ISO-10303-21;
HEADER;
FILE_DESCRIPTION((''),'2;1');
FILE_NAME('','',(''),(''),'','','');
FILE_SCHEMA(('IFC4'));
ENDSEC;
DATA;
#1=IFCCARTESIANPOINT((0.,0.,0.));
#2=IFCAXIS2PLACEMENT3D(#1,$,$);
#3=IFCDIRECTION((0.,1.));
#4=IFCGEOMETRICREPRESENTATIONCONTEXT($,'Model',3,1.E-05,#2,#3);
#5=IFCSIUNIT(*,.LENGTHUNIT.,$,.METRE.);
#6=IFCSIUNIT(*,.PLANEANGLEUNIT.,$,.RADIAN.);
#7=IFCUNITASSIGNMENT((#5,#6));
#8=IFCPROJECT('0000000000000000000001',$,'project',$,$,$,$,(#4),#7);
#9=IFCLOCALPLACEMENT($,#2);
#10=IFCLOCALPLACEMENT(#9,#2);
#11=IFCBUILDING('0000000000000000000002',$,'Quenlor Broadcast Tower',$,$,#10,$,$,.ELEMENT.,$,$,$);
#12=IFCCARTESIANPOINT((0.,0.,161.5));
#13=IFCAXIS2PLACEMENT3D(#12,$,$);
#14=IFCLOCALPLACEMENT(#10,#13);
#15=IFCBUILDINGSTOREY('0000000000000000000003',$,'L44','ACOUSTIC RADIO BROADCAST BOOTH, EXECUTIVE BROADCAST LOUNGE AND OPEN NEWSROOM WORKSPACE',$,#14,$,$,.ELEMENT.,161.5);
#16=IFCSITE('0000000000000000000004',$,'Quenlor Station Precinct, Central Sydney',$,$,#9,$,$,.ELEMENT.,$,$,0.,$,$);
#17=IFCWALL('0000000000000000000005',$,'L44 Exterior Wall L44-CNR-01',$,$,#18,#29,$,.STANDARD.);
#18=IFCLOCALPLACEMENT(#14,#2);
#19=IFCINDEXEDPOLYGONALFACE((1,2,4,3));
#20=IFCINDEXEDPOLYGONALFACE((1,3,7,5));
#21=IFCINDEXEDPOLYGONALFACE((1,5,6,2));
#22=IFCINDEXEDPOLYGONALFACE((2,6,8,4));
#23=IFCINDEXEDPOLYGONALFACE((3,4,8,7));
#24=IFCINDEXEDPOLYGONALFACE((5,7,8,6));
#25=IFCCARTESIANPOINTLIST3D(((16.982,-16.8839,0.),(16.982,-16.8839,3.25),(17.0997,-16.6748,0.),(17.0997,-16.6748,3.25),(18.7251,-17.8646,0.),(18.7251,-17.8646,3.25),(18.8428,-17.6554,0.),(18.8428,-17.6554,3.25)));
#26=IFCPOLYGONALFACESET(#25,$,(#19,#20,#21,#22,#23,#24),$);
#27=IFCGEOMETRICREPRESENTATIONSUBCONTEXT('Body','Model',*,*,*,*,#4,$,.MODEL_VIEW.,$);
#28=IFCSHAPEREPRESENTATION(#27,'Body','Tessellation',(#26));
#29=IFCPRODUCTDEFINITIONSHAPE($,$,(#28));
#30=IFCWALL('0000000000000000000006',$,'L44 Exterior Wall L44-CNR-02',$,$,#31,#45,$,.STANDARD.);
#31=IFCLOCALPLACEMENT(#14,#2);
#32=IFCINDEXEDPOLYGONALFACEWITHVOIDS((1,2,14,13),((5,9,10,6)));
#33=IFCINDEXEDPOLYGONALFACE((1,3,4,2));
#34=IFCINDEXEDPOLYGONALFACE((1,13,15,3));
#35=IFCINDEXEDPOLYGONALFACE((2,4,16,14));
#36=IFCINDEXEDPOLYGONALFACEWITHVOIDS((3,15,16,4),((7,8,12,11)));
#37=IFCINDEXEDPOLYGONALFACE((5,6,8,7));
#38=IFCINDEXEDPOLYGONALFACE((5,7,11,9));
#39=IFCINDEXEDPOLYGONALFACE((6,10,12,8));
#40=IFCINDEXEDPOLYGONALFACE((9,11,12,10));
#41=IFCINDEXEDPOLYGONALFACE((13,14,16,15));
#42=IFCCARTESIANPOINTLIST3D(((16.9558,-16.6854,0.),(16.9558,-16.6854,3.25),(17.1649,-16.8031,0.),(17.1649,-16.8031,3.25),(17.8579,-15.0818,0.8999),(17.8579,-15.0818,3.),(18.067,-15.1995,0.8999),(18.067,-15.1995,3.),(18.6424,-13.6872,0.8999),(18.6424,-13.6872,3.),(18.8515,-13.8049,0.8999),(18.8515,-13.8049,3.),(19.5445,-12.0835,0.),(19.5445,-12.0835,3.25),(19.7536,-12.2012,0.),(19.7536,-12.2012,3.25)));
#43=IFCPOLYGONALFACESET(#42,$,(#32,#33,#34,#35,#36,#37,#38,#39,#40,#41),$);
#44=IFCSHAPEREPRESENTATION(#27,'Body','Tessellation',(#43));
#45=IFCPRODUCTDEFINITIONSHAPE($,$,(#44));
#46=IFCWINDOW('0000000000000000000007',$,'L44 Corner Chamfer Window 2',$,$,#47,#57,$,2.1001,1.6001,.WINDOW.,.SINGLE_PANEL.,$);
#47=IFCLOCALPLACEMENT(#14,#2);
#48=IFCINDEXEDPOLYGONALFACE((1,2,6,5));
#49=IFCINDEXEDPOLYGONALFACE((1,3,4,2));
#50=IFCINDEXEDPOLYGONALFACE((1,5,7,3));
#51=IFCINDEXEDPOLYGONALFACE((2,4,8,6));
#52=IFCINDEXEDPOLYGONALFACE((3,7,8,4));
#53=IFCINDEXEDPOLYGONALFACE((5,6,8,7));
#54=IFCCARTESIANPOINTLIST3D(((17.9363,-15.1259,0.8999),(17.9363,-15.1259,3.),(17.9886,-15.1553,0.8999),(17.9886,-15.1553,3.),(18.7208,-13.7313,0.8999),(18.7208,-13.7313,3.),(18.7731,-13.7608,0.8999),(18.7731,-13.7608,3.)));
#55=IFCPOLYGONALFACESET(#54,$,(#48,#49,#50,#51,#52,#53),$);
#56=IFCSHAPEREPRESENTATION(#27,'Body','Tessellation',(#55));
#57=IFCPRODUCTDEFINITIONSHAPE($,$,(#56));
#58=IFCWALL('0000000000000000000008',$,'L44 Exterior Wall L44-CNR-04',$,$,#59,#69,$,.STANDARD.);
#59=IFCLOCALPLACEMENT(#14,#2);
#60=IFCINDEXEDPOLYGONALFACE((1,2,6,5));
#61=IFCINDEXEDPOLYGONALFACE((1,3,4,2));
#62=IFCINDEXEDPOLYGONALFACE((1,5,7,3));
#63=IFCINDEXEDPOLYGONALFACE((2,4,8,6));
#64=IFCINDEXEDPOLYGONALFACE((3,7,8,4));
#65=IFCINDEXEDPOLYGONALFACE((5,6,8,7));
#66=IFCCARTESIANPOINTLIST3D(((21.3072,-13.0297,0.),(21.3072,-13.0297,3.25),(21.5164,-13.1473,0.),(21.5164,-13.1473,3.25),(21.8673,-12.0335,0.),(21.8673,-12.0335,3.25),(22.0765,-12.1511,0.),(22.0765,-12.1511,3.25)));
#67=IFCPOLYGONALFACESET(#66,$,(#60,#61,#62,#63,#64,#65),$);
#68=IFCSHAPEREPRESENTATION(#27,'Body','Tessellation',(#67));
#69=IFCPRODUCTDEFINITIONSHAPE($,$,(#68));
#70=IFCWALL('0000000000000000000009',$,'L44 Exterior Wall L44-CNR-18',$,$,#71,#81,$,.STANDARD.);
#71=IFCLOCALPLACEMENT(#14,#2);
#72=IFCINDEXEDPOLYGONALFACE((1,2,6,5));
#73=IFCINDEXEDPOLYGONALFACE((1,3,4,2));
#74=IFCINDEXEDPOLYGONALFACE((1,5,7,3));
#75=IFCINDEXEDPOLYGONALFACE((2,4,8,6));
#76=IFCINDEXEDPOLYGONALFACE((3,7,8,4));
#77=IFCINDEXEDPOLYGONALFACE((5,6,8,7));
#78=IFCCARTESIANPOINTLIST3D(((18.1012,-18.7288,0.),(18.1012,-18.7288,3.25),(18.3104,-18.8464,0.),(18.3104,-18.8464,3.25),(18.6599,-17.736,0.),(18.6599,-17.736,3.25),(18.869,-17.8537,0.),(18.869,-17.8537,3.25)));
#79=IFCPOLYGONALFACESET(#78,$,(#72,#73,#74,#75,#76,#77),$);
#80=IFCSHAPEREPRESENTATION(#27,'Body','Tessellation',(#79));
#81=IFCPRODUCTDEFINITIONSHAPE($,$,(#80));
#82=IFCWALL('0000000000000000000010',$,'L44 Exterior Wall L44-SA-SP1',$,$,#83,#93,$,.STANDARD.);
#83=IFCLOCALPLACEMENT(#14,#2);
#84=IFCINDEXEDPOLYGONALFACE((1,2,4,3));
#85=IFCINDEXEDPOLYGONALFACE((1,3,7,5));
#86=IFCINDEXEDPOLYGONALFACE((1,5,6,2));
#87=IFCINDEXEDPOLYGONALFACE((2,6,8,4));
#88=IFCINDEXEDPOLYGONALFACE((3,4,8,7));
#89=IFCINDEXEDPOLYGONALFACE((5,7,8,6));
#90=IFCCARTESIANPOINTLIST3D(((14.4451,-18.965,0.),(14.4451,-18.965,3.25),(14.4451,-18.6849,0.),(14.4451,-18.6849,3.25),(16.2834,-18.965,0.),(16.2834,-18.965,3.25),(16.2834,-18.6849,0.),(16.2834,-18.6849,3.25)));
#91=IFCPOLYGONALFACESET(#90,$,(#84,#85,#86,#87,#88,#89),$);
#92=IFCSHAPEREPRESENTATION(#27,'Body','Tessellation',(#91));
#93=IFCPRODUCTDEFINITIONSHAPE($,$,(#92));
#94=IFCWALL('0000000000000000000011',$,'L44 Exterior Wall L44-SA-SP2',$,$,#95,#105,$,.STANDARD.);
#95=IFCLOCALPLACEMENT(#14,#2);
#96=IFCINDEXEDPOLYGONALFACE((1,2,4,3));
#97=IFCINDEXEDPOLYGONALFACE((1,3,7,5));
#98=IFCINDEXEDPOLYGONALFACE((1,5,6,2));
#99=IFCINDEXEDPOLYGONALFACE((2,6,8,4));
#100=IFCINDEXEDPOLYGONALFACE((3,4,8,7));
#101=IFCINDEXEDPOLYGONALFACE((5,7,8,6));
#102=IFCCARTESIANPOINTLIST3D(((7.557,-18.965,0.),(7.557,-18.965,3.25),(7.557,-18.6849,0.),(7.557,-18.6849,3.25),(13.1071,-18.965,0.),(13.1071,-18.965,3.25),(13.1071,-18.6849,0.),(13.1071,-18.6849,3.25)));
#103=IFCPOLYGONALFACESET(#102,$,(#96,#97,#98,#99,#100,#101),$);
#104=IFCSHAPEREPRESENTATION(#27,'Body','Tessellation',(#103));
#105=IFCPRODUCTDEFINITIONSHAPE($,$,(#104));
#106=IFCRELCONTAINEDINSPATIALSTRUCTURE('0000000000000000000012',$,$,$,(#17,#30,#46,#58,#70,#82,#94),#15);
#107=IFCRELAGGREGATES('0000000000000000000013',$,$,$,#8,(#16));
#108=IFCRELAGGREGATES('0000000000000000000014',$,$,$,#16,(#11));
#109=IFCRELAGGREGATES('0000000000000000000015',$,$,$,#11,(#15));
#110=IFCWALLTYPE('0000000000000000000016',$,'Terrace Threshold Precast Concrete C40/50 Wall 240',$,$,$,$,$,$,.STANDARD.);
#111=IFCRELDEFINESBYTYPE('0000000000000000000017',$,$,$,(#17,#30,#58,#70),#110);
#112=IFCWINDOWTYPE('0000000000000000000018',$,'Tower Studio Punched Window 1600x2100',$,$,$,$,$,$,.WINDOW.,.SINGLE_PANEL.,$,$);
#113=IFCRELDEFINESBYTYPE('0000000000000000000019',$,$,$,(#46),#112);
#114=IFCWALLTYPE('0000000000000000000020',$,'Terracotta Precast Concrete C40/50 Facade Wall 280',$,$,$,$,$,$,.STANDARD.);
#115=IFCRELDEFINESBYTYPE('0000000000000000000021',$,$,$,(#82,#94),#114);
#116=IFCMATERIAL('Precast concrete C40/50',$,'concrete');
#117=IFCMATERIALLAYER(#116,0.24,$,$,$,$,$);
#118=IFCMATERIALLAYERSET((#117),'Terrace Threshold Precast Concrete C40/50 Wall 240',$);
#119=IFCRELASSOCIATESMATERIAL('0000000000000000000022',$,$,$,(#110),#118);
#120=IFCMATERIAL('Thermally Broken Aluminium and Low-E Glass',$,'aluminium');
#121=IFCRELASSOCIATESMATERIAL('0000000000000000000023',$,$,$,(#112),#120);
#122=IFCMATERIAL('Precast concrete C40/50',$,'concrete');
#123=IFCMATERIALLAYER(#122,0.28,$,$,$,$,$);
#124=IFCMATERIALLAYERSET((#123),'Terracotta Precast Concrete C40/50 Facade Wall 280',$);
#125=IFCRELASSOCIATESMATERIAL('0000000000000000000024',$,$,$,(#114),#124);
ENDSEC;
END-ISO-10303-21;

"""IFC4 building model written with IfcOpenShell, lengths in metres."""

from ifc_helpers import new_model, si_unit, direction, frame, frame_2d, origin, place, context, subcontext, project, spatial, rectangle, extrude, material, layer, layer_set, type_object, element, fill, save


model = new_model("IFC4")

# Units and contexts
model_context = context("Model", 3, precision=1e-05, world=origin(), true_north=direction((0.0, 1.0)))
body_context = subcontext(model_context, "Body", "Model", "MODEL_VIEW")
ifc_project = project(units=[si_unit("LENGTHUNIT", "METRE"), si_unit("PLANEANGLEUNIT", "RADIAN")], contexts=[model_context])

# Site, building, storey
site_placement = place(None, origin())
site = spatial("IfcSite", under=ifc_project, at=site_placement, Name="Quenlor Station Precinct, Central Sydney", CompositionType="ELEMENT", RefElevation=0.0)
building_placement = place(site_placement, origin())
building = spatial("IfcBuilding", under=site, at=building_placement, Name="Quenlor Broadcast Tower", CompositionType="ELEMENT")
storey_placement = place(building_placement, frame((0.0, 0.0, 161.5)))
storey = spatial("IfcBuildingStorey", under=building, at=storey_placement, Name="L44", Description="ACOUSTIC RADIO BROADCAST BOOTH, EXECUTIVE BROADCAST LOUNGE AND OPEN NEWSROOM WORKSPACE", CompositionType="ELEMENT", Elevation=161.5)

# Wall
ifc_material_1 = material(Name="Precast concrete C40/50", Category="concrete")
ifc_layer_1 = layer(ifc_material_1, 0.24)
ifc_layer_set_1 = layer_set([ifc_layer_1], Name="Terrace Threshold Precast Concrete C40/50 Wall 240")
wall_type_1 = type_object("IfcWallType", Name="Terrace Threshold Precast Concrete C40/50 Wall 240", PredefinedType="STANDARD", material=ifc_layer_set_1)
wall_1_placement = place(storey_placement, frame((18.7839, -17.76, 0.0), z_axis=(0.0, 0.0, 1.0), x_axis=(-0.871536, 0.490331, 0.0)))
element("IfcWall", 1, at=wall_1_placement, inside=storey, type_object=wall_type_1, Name="L44 Exterior Wall L44-CNR-01", PredefinedType="STANDARD", context=body_context, shape_type="SweptSolid", body=[
    extrude(rectangle(XDim=2.0, YDim=0.24, at=frame_2d((1.0, 0.0))), origin(), (0.0, 0.0, 1.0), 3.25),
])

# Wall, opening, window
wall_2_placement = place(storey_placement, frame((17.0603, -16.7444, 0.0), z_axis=(0.0, 0.0, 1.0), x_axis=(0.490277, 0.871567, 0.0)))
wall_2 = element("IfcWall", 2, at=wall_2_placement, inside=storey, type_object=wall_type_1, Name="L44 Exterior Wall L44-CNR-02", PredefinedType="STANDARD", context=body_context, shape_type="SweptSolid", body=[
    extrude(rectangle(XDim=5.28, YDim=0.24, at=frame_2d((2.6401, 0.0))), origin(), (0.0, 0.0, 1.0), 3.25),
])
opening_placement = place(wall_2_placement, frame((1.8401, 0.0, 0.8999)))
opening = element("IfcOpeningElement", 3, at=opening_placement, cuts=wall_2, PredefinedType="OPENING", context=body_context, shape_type="SweptSolid", body=[
    extrude(rectangle(XDim=1.6001, YDim=2.1001, at=frame_2d((0.8, 1.05))), frame((0.0, 0.1299, 0.0), z_axis=(0.0, -1.0, 0.0), x_axis=(1.0, 0.0, 0.0)), (0.0, 0.0, 1.0), 0.26),
])
ifc_material_2 = material(Name="Thermally Broken Aluminium and Low-E Glass", Category="aluminium")
window_type = type_object("IfcWindowType", Name="Tower Studio Punched Window 1600x2100", PartitioningType="SINGLE_PANEL", PredefinedType="WINDOW", material=ifc_material_2)
window_placement = place(opening_placement, origin())
window = element("IfcWindow", 4, at=window_placement, inside=storey, type_object=window_type, Name="L44 Corner Chamfer Window 2", OverallHeight=2.1001, OverallWidth=1.6001, PartitioningType="SINGLE_PANEL", PredefinedType="WINDOW", context=body_context, shape_type="SweptSolid", body=[
    extrude(rectangle(XDim=1.6001, YDim=2.1001, at=frame_2d((0.8, 1.05))), frame((0.0, 0.03, 0.0), z_axis=(0.0, -1.0, 0.0), x_axis=(1.0, 0.0, 0.0)), (0.0, 0.0, 1.0), 0.0601),
])
fill(opening, window)

# Walls
wall_3_placement = place(storey_placement, frame((21.4119, -13.0884, 0.0), z_axis=(0.0, 0.0, 1.0), x_axis=(0.490099, 0.871667, 0.0)))
element("IfcWall", 5, at=wall_3_placement, inside=storey, type_object=wall_type_1, Name="L44 Exterior Wall L44-CNR-04", PredefinedType="STANDARD", context=body_context, shape_type="SweptSolid", body=[
    extrude(rectangle(XDim=1.1428, YDim=0.24, at=frame_2d((0.5713, 0.0))), origin(), (0.0, 0.0, 1.0), 3.25),
])
wall_4_placement = place(storey_placement, frame((18.2058, -18.7876, 0.0), z_axis=(0.0, 0.0, 1.0), x_axis=(0.490404, 0.871495, 0.0)))
element("IfcWall", 6, at=wall_4_placement, inside=storey, type_object=wall_type_1, Name="L44 Exterior Wall L44-CNR-18", PredefinedType="STANDARD", context=body_context, shape_type="SweptSolid", body=[
    extrude(rectangle(XDim=1.1392, YDim=0.24, at=frame_2d((0.5696, 0.0))), origin(), (0.0, 0.0, 1.0), 3.25),
])
ifc_material_3 = material(Name="Precast concrete C40/50", Category="concrete")
ifc_layer_2 = layer(ifc_material_3, 0.28)
ifc_layer_set_2 = layer_set([ifc_layer_2], Name="Terracotta Precast Concrete C40/50 Facade Wall 280")
wall_type_2 = type_object("IfcWallType", Name="Terracotta Precast Concrete C40/50 Facade Wall 280", PredefinedType="STANDARD", material=ifc_layer_set_2)
wall_5_placement = place(storey_placement, frame((16.2834, -18.825, 0.0), z_axis=(0.0, 0.0, 1.0), x_axis=(-1.0, 0.0, 0.0)))
element("IfcWall", 7, at=wall_5_placement, inside=storey, type_object=wall_type_2, Name="L44 Exterior Wall L44-SA-SP1", PredefinedType="STANDARD", context=body_context, shape_type="SweptSolid", body=[
    extrude(rectangle(XDim=1.8384, YDim=0.28, at=frame_2d((0.9192, 0.0))), origin(), (0.0, 0.0, 1.0), 3.25),
])
wall_6_placement = place(storey_placement, frame((13.1069, -18.825, 0.0), z_axis=(0.0, 0.0, 1.0), x_axis=(-1.0, 0.0, 0.0)))
element("IfcWall", 8, at=wall_6_placement, inside=storey, type_object=wall_type_2, Name="L44 Exterior Wall L44-SA-SP2", PredefinedType="STANDARD", context=body_context, shape_type="SweptSolid", body=[
    extrude(rectangle(XDim=5.55, YDim=0.28, at=frame_2d((2.7749, 0.0))), origin(), (0.0, 0.0, 1.0), 3.25),
])

save(model, "model.ifc")
